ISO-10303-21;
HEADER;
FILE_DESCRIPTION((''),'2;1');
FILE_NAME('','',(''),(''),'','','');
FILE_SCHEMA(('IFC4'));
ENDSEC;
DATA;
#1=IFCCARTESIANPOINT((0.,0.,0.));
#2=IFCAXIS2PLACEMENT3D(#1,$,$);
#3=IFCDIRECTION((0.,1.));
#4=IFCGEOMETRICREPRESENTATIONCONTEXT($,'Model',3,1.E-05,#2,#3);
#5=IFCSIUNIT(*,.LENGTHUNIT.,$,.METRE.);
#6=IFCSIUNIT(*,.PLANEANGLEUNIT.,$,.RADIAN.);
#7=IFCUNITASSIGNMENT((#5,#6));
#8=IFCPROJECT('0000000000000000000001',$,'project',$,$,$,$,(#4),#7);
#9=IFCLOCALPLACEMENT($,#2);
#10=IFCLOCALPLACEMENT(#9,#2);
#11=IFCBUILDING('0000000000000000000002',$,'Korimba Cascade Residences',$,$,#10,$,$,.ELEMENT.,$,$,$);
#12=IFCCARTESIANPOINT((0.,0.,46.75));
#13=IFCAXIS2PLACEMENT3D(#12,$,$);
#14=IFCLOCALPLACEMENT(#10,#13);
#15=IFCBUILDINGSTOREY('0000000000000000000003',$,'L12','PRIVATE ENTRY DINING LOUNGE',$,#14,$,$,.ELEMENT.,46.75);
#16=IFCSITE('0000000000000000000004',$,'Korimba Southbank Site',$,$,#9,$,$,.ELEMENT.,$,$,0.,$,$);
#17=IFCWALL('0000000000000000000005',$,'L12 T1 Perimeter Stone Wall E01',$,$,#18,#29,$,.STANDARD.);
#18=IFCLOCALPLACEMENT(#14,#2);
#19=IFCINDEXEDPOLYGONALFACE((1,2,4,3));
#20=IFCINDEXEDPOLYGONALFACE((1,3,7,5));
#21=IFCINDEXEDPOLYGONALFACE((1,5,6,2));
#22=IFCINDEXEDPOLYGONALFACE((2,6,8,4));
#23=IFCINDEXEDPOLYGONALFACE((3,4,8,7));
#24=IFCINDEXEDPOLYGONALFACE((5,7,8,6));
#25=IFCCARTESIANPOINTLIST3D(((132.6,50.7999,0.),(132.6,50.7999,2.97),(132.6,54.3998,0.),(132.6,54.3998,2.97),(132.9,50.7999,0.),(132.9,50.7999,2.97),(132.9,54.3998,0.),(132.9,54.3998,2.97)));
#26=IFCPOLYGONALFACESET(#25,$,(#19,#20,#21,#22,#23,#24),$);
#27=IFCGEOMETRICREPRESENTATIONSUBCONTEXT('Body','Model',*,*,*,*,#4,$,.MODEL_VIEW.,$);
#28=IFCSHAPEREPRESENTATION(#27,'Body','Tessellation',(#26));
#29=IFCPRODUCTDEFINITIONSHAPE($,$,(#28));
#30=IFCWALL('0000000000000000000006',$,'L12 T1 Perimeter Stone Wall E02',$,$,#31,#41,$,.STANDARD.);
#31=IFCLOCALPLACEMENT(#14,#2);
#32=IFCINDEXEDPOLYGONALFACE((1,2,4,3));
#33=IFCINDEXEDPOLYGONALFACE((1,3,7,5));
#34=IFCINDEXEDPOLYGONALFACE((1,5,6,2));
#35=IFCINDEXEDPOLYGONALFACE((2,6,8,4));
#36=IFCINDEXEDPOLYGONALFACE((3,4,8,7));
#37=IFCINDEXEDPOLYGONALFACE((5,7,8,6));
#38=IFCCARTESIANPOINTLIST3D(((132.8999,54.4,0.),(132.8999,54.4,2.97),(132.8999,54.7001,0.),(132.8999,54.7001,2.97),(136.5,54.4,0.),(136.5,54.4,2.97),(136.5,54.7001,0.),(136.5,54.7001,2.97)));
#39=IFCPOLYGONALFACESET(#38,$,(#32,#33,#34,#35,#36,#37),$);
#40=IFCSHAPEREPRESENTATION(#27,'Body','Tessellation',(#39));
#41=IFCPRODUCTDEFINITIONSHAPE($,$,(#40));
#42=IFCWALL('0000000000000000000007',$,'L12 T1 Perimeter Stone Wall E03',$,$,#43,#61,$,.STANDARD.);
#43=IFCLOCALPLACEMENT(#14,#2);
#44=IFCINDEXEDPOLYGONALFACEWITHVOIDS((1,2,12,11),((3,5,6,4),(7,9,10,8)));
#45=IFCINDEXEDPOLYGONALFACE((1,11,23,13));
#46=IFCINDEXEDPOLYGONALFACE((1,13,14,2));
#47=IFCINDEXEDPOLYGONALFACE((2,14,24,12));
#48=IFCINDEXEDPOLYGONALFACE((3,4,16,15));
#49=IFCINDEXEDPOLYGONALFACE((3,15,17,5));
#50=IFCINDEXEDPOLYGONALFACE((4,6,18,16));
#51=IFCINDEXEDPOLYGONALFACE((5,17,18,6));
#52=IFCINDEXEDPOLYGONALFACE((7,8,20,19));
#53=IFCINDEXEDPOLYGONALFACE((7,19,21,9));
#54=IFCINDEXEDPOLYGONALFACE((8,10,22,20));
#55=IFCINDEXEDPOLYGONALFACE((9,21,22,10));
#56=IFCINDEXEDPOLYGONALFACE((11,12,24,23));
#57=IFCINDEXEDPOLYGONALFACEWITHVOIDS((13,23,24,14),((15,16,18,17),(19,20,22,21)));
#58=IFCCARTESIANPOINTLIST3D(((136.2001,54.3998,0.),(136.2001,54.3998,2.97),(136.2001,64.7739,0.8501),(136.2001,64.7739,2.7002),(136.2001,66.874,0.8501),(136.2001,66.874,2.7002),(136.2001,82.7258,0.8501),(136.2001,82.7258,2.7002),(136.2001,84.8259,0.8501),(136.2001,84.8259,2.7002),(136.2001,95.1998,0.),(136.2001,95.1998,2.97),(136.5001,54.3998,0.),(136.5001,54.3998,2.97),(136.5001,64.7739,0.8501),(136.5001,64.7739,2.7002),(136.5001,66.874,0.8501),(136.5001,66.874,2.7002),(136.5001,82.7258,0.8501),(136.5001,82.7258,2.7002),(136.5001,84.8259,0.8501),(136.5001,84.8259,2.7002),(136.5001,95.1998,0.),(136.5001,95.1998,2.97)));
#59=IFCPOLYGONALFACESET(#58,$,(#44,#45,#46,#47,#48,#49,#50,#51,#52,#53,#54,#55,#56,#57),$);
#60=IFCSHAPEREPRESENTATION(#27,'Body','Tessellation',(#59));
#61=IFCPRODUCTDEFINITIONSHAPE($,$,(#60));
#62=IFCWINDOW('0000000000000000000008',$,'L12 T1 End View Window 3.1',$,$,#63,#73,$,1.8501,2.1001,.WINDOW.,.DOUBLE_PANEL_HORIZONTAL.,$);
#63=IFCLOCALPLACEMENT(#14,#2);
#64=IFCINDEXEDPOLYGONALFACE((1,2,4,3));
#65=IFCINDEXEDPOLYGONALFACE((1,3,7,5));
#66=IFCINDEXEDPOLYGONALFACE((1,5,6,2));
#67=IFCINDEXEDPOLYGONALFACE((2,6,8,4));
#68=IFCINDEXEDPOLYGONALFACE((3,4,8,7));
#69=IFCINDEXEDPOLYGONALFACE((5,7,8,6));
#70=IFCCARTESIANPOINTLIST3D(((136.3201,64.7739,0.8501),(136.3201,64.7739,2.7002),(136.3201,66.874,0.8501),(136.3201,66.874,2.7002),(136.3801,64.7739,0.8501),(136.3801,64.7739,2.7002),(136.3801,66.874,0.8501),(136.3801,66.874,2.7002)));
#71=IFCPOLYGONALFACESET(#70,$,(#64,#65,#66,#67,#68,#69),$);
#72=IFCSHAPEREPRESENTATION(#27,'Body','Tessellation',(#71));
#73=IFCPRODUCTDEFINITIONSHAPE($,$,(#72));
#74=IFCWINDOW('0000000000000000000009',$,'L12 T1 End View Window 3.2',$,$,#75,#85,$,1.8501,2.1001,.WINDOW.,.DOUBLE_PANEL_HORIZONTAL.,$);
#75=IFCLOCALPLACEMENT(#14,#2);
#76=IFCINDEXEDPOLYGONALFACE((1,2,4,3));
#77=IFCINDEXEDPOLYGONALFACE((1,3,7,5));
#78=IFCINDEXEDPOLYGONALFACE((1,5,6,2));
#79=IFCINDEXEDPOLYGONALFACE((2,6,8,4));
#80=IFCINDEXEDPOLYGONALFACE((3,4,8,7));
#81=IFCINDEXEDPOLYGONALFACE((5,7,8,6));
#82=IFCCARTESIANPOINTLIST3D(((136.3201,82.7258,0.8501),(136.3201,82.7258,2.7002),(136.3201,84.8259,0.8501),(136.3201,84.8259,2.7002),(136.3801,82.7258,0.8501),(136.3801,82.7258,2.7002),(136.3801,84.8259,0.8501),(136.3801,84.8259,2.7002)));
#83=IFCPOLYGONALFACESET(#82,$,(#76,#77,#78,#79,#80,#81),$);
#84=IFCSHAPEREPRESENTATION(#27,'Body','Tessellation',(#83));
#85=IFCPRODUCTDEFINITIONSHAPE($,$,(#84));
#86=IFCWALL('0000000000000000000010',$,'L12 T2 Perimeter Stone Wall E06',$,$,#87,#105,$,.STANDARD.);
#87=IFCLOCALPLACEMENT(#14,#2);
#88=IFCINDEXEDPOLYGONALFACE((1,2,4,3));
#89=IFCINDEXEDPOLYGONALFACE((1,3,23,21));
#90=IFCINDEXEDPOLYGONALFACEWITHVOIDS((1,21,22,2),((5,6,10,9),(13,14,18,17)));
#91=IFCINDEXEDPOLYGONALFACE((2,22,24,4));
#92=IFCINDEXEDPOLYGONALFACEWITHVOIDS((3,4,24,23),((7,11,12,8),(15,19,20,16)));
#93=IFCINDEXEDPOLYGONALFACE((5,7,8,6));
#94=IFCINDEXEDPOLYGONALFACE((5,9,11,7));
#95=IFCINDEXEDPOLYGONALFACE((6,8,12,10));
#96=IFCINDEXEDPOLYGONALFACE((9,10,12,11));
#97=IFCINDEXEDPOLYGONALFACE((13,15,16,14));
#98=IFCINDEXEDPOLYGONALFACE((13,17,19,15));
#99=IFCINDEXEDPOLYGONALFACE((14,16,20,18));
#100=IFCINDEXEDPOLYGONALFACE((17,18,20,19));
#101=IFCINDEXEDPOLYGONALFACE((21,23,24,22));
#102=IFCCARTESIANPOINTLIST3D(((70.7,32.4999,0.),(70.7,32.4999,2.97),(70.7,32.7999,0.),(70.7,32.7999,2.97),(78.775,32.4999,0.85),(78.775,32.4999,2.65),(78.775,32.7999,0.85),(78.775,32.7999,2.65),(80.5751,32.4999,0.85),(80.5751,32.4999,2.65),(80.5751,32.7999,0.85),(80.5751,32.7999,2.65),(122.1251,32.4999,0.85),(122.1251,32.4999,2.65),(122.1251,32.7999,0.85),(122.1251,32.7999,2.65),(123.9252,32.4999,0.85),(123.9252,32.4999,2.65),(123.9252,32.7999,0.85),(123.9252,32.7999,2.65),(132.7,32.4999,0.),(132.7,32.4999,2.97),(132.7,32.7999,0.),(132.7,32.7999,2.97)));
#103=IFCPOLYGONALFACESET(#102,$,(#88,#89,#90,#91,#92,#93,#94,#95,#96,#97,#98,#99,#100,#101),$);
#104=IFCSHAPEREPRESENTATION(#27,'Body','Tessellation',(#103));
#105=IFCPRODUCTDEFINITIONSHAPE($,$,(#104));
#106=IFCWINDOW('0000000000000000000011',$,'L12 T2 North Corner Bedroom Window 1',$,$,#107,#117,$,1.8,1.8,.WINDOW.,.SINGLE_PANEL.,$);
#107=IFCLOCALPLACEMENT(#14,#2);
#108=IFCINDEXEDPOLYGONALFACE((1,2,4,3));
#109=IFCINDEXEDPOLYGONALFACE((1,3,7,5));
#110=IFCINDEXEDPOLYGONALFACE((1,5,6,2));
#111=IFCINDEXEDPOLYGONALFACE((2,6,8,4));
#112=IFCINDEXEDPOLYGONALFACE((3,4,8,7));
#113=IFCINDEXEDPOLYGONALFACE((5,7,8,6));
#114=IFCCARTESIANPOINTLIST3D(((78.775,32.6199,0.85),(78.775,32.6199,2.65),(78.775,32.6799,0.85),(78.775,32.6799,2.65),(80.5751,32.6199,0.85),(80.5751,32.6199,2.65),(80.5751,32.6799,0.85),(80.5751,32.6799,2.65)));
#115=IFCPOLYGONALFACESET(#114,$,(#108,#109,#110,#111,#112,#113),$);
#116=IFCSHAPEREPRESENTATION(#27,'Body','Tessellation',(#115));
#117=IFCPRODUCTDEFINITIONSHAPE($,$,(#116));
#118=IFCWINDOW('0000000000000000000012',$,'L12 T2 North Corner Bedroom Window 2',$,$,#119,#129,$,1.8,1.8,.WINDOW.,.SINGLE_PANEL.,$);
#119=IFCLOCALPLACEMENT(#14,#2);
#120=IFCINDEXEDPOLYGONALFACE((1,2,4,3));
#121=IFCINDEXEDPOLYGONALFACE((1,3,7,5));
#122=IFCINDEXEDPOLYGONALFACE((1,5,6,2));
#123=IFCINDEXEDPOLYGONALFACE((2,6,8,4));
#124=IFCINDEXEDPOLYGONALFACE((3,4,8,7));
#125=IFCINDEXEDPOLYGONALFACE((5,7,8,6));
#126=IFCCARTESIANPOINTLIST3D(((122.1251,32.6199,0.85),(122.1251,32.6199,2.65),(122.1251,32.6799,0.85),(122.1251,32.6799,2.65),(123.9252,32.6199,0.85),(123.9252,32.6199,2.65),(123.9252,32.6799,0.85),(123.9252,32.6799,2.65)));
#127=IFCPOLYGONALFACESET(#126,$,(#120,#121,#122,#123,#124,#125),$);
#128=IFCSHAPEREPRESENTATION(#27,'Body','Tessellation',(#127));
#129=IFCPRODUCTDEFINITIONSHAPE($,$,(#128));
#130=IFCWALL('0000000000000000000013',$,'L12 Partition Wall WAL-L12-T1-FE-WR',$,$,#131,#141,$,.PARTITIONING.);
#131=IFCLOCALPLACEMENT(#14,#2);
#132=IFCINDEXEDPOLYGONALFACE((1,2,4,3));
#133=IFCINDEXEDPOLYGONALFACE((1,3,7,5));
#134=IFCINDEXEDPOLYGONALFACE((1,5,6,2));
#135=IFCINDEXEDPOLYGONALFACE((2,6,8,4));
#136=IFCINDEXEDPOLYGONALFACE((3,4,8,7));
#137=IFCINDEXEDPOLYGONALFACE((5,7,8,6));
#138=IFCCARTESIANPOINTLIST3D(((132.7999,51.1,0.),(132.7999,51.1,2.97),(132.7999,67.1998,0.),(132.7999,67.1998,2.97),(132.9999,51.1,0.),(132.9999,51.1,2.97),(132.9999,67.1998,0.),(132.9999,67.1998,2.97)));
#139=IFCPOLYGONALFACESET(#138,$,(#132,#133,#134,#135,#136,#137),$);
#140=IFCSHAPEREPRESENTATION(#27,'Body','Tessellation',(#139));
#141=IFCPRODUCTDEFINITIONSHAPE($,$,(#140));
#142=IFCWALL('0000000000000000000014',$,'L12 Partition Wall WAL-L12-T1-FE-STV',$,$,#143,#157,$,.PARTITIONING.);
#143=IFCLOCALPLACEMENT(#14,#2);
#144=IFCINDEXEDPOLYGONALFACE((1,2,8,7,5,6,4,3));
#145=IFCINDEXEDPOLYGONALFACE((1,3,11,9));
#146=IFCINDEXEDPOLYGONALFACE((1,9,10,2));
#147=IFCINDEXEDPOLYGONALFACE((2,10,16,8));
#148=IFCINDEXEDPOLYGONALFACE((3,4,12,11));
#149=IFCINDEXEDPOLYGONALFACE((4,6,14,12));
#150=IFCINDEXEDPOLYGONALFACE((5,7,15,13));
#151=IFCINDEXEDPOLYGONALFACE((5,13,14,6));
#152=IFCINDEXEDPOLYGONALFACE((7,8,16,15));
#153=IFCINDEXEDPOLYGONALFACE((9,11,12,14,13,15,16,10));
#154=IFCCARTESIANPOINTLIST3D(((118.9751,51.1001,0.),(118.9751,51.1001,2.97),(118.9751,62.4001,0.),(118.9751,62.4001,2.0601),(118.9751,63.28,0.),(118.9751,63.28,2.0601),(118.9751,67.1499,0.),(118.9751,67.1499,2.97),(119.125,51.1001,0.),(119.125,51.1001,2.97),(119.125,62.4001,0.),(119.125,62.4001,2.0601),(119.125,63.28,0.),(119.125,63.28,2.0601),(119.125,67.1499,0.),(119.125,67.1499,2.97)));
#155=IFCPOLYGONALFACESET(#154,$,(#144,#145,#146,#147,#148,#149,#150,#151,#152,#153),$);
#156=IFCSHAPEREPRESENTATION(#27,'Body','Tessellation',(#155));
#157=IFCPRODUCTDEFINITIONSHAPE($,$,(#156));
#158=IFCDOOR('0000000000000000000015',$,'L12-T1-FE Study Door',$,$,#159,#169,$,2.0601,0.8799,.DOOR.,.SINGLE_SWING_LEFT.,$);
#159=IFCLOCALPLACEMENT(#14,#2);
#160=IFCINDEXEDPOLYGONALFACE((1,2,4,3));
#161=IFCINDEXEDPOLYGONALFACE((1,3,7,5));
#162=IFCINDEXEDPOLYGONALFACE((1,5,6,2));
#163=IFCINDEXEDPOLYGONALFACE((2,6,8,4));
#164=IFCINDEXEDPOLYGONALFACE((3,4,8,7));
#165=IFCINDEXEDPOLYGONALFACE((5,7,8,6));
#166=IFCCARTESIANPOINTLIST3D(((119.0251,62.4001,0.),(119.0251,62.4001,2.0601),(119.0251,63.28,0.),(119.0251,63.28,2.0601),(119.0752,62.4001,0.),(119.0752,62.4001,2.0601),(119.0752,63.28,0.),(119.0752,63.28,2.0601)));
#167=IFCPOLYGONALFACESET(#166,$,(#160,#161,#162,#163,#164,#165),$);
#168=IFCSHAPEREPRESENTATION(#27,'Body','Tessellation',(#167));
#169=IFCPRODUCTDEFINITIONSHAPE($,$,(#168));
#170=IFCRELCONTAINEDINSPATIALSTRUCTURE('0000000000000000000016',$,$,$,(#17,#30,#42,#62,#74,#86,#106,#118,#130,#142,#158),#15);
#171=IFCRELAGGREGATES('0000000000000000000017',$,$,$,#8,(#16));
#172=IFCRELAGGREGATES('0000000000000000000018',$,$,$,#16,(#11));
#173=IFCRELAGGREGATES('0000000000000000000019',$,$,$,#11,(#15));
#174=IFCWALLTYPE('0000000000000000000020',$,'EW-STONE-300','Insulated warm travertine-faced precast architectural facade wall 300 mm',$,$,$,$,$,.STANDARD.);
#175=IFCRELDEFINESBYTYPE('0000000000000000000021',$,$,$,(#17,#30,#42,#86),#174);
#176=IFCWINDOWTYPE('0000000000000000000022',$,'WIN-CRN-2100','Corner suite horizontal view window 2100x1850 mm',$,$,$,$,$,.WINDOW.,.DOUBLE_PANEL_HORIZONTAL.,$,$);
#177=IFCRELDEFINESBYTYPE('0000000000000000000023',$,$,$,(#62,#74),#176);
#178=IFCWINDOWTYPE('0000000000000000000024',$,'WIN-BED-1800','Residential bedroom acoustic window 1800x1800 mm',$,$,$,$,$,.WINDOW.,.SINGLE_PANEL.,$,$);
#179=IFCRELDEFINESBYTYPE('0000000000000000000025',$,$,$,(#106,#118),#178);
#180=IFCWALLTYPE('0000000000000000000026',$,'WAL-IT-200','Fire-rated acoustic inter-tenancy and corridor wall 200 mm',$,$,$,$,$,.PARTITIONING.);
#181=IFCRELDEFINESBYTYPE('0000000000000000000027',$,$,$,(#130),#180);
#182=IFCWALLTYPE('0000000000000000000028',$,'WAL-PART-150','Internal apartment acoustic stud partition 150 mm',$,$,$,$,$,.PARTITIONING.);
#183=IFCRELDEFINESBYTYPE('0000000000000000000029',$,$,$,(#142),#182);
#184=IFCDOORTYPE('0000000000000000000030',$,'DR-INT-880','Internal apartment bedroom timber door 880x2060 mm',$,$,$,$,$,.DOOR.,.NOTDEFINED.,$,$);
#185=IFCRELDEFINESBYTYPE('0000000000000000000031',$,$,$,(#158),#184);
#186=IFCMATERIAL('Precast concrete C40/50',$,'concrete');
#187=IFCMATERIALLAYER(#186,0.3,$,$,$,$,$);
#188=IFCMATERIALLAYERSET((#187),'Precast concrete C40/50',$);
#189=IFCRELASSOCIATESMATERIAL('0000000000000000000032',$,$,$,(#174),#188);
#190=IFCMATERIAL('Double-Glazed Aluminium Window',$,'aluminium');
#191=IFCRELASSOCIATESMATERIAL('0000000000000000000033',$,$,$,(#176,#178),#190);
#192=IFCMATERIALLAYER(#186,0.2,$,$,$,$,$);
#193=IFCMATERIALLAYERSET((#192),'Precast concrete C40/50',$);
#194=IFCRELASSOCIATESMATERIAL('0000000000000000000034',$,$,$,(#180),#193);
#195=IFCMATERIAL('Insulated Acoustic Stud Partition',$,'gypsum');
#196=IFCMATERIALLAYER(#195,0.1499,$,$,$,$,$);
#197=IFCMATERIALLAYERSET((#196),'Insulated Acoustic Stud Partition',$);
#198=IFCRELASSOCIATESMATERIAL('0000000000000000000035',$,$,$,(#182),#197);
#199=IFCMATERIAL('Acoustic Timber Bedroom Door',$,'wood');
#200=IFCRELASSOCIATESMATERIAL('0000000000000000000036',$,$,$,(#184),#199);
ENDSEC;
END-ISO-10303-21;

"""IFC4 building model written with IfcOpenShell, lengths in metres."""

from ifc_helpers import new_model, si_unit, direction, frame, frame_2d, origin, place, context, subcontext, project, spatial, rectangle, extrude, material, layer, layer_set, type_object, element, fill, save


model = new_model("IFC4")

# Units and contexts
model_context = context("Model", 3, precision=1e-05, world=origin(), true_north=direction((0.0, 1.0)))
body_context = subcontext(model_context, "Body", "Model", "MODEL_VIEW")
ifc_project = project(units=[si_unit("LENGTHUNIT", "METRE"), si_unit("PLANEANGLEUNIT", "RADIAN")], contexts=[model_context])

# Site, building, storey
site_placement = place(None, origin())
site = spatial("IfcSite", under=ifc_project, at=site_placement, Name="Korimba Southbank Site", CompositionType="ELEMENT", RefElevation=0.0)
building_placement = place(site_placement, origin())
building = spatial("IfcBuilding", under=site, at=building_placement, Name="Korimba Cascade Residences", CompositionType="ELEMENT")
storey_placement = place(building_placement, frame((0.0, 0.0, 46.75)))
storey = spatial("IfcBuildingStorey", under=building, at=storey_placement, Name="L12", Description="PRIVATE ENTRY DINING LOUNGE", CompositionType="ELEMENT", Elevation=46.75)

# Walls
ifc_material_1 = material(Name="Precast concrete C40/50", Category="concrete")
ifc_layer_1 = layer(ifc_material_1, 0.3)
ifc_layer_set_1 = layer_set([ifc_layer_1], Name="Precast concrete C40/50")
wall_type_1 = type_object("IfcWallType", Name="EW-STONE-300", Description="Insulated warm travertine-faced precast architectural facade wall 300 mm", PredefinedType="STANDARD", material=ifc_layer_set_1)
wall_1_placement = place(storey_placement, frame((132.75, 50.8, 0.0), z_axis=(0.0, 0.0, 1.0), x_axis=(0.0, 1.0, 0.0)))
element("IfcWall", 1, at=wall_1_placement, inside=storey, type_object=wall_type_1, Name="L12 T1 Perimeter Stone Wall E01", PredefinedType="STANDARD", context=body_context, shape_type="SweptSolid", body=[
    extrude(rectangle(XDim=3.5999, YDim=0.3, at=frame_2d((1.7998, 0.0))), origin(), (0.0, 0.0, 1.0), 2.97),
])
wall_2_placement = place(storey_placement, frame((132.8999, 54.55, 0.0), z_axis=(0.0, 0.0, 1.0), x_axis=(1.0, 0.0, 0.0)))
element("IfcWall", 2, at=wall_2_placement, inside=storey, type_object=wall_type_1, Name="L12 T1 Perimeter Stone Wall E02", PredefinedType="STANDARD", context=body_context, shape_type="SweptSolid", body=[
    extrude(rectangle(XDim=3.6001, YDim=0.3, at=frame_2d((1.8, 0.0))), origin(), (0.0, 0.0, 1.0), 2.97),
])

# Walls, openings, windows
wall_3_placement = place(storey_placement, frame((136.3501, 54.3999, 0.0), z_axis=(0.0, 0.0, 1.0), x_axis=(0.0, 1.0, 0.0)))
wall_3 = element("IfcWall", 3, at=wall_3_placement, inside=storey, type_object=wall_type_1, Name="L12 T1 Perimeter Stone Wall E03", PredefinedType="STANDARD", context=body_context, shape_type="SweptSolid", body=[
    extrude(rectangle(XDim=40.8, YDim=0.3, at=frame_2d((20.3999, 0.0))), origin(), (0.0, 0.0, 1.0), 2.97),
])
opening_1_placement = place(wall_3_placement, frame((10.374, 0.0, 0.8501)))
opening_1 = element("IfcOpeningElement", 4, at=opening_1_placement, cuts=wall_3, PredefinedType="OPENING", context=body_context, shape_type="SweptSolid", body=[
    extrude(rectangle(XDim=2.1001, YDim=1.8501, at=frame_2d((1.05, 0.925))), frame((0.0, 0.1602, 0.0), z_axis=(0.0, -1.0, 0.0), x_axis=(1.0, 0.0, 0.0)), (0.0, 0.0, 1.0), 0.3201),
])
opening_2_placement = place(wall_3_placement, frame((28.3259, 0.0, 0.8501)))
opening_2 = element("IfcOpeningElement", 5, at=opening_2_placement, cuts=wall_3, PredefinedType="OPENING", context=body_context, shape_type="SweptSolid", body=[
    extrude(rectangle(XDim=2.1001, YDim=1.8501, at=frame_2d((1.05, 0.925))), frame((0.0, 0.1602, 0.0), z_axis=(0.0, -1.0, 0.0), x_axis=(1.0, 0.0, 0.0)), (0.0, 0.0, 1.0), 0.3201),
])
ifc_material_2 = material(Name="Double-Glazed Aluminium Window", Category="aluminium")
window_type_1 = type_object("IfcWindowType", Name="WIN-CRN-2100", Description="Corner suite horizontal view window 2100x1850 mm", PartitioningType="DOUBLE_PANEL_HORIZONTAL", PredefinedType="WINDOW", material=ifc_material_2)
window_1_placement = place(opening_1_placement, origin())
window_1 = element("IfcWindow", 6, at=window_1_placement, inside=storey, type_object=window_type_1, Name="L12 T1 End View Window 3.1", OverallHeight=1.8501, OverallWidth=2.1001, PartitioningType="DOUBLE_PANEL_HORIZONTAL", PredefinedType="WINDOW", context=body_context, shape_type="SweptSolid", body=[
    extrude(rectangle(XDim=2.1001, YDim=1.8501, at=frame_2d((1.05, 0.925))), frame((0.0, 0.03, 0.0), z_axis=(0.0, -1.0, 0.0), x_axis=(1.0, 0.0, 0.0)), (0.0, 0.0, 1.0), 0.0601),
])
fill(opening_1, window_1)
window_2_placement = place(opening_2_placement, origin())
window_2 = element("IfcWindow", 7, at=window_2_placement, inside=storey, type_object=window_type_1, Name="L12 T1 End View Window 3.2", OverallHeight=1.8501, OverallWidth=2.1001, PartitioningType="DOUBLE_PANEL_HORIZONTAL", PredefinedType="WINDOW", context=body_context, shape_type="SweptSolid", body=[
    extrude(rectangle(XDim=2.1001, YDim=1.8501, at=frame_2d((1.05, 0.925))), frame((0.0, 0.03, 0.0), z_axis=(0.0, -1.0, 0.0), x_axis=(1.0, 0.0, 0.0)), (0.0, 0.0, 1.0), 0.0601),
])
fill(opening_2, window_2)
wall_4_placement = place(storey_placement, frame((132.7, 32.6499, 0.0), z_axis=(0.0, 0.0, 1.0), x_axis=(-1.0, 0.0, 0.0)))
wall_4 = element("IfcWall", 8, at=wall_4_placement, inside=storey, type_object=wall_type_1, Name="L12 T2 Perimeter Stone Wall E06", PredefinedType="STANDARD", context=body_context, shape_type="SweptSolid", body=[
    extrude(rectangle(XDim=62.0, YDim=0.3, at=frame_2d((31.0, 0.0))), origin(), (0.0, 0.0, 1.0), 2.97),
])
opening_3_placement = place(wall_4_placement, frame((52.125, 0.0, 0.8501)))
opening_3 = element("IfcOpeningElement", 9, at=opening_3_placement, cuts=wall_4, PredefinedType="OPENING", context=body_context, shape_type="SweptSolid", body=[
    extrude(rectangle(XDim=1.8, YDim=1.8, at=frame_2d((0.8999, 0.8999))), frame((0.0, 0.1602, 0.0), z_axis=(0.0, -1.0, 0.0), x_axis=(1.0, 0.0, 0.0)), (0.0, 0.0, 1.0), 0.3201),
])
opening_4_placement = place(wall_4_placement, frame((8.7749, 0.0, 0.8501)))
opening_4 = element("IfcOpeningElement", 10, at=opening_4_placement, cuts=wall_4, PredefinedType="OPENING", context=body_context, shape_type="SweptSolid", body=[
    extrude(rectangle(XDim=1.8, YDim=1.8, at=frame_2d((0.8999, 0.8999))), frame((0.0, 0.1602, 0.0), z_axis=(0.0, -1.0, 0.0), x_axis=(1.0, 0.0, 0.0)), (0.0, 0.0, 1.0), 0.3201),
])
window_type_2 = type_object("IfcWindowType", Name="WIN-BED-1800", Description="Residential bedroom acoustic window 1800x1800 mm", PartitioningType="SINGLE_PANEL", PredefinedType="WINDOW", material=ifc_material_2)
window_3_placement = place(opening_3_placement, origin())
window_3 = element("IfcWindow", 11, at=window_3_placement, inside=storey, type_object=window_type_2, Name="L12 T2 North Corner Bedroom Window 1", OverallHeight=1.8, OverallWidth=1.8, PartitioningType="SINGLE_PANEL", PredefinedType="WINDOW", context=body_context, shape_type="SweptSolid", body=[
    extrude(rectangle(XDim=1.8, YDim=1.8, at=frame_2d((0.8999, 0.8999))), frame((0.0, 0.03, 0.0), z_axis=(0.0, -1.0, 0.0), x_axis=(1.0, 0.0, 0.0)), (0.0, 0.0, 1.0), 0.0601),
])
fill(opening_3, window_3)
window_4_placement = place(opening_4_placement, origin())
window_4 = element("IfcWindow", 12, at=window_4_placement, inside=storey, type_object=window_type_2, Name="L12 T2 North Corner Bedroom Window 2", OverallHeight=1.8, OverallWidth=1.8, PartitioningType="SINGLE_PANEL", PredefinedType="WINDOW", context=body_context, shape_type="SweptSolid", body=[
    extrude(rectangle(XDim=1.8, YDim=1.8, at=frame_2d((0.8999, 0.8999))), frame((0.0, 0.03, 0.0), z_axis=(0.0, -1.0, 0.0), x_axis=(1.0, 0.0, 0.0)), (0.0, 0.0, 1.0), 0.0601),
])
fill(opening_4, window_4)

# Wall
ifc_layer_2 = layer(ifc_material_1, 0.2)
ifc_layer_set_2 = layer_set([ifc_layer_2], Name="Precast concrete C40/50")
wall_type_2 = type_object("IfcWallType", Name="WAL-IT-200", Description="Fire-rated acoustic inter-tenancy and corridor wall 200 mm", PredefinedType="PARTITIONING", material=ifc_layer_set_2)
wall_5_placement = place(storey_placement, frame((132.8999, 51.1001, 0.0), z_axis=(0.0, 0.0, 1.0), x_axis=(0.0, 1.0, 0.0)))
element("IfcWall", 13, at=wall_5_placement, inside=storey, type_object=wall_type_2, Name="L12 Partition Wall WAL-L12-T1-FE-WR", PredefinedType="PARTITIONING", context=body_context, shape_type="SweptSolid", body=[
    extrude(rectangle(XDim=16.0999, YDim=0.2, at=frame_2d((8.0498, 0.0))), origin(), (0.0, 0.0, 1.0), 2.97),
])

# Wall, opening, door
ifc_material_3 = material(Name="Insulated Acoustic Stud Partition", Category="gypsum")
ifc_layer_3 = layer(ifc_material_3, 0.1499)
ifc_layer_set_3 = layer_set([ifc_layer_3], Name="Insulated Acoustic Stud Partition")
wall_type_3 = type_object("IfcWallType", Name="WAL-PART-150", Description="Internal apartment acoustic stud partition 150 mm", PredefinedType="PARTITIONING", material=ifc_layer_set_3)
wall_6_placement = place(storey_placement, frame((119.05, 51.1001, 0.0), z_axis=(0.0, 0.0, 1.0), x_axis=(0.0, 1.0, 0.0)))
wall_6 = element("IfcWall", 14, at=wall_6_placement, inside=storey, type_object=wall_type_3, Name="L12 Partition Wall WAL-L12-T1-FE-STV", PredefinedType="PARTITIONING", context=body_context, shape_type="SweptSolid", body=[
    extrude(rectangle(XDim=16.0498, YDim=0.1499, at=frame_2d((8.0249, 0.0))), origin(), (0.0, 0.0, 1.0), 2.97),
])
opening_5_placement = place(wall_6_placement, frame((11.3, 0.0, 0.0)))
opening_5 = element("IfcOpeningElement", 15, at=opening_5_placement, cuts=wall_6, PredefinedType="OPENING", context=body_context, shape_type="SweptSolid", body=[
    extrude(rectangle(XDim=0.8799, YDim=2.0601, at=frame_2d((0.4399, 1.03))), frame((0.0, 0.085, 0.0), z_axis=(0.0, -1.0, 0.0), x_axis=(1.0, 0.0, 0.0)), (0.0, 0.0, 1.0), 0.1699),
])
ifc_material_4 = material(Name="Acoustic Timber Bedroom Door", Category="wood")
door_type = type_object("IfcDoorType", Name="DR-INT-880", Description="Internal apartment bedroom timber door 880x2060 mm", OperationType="NOTDEFINED", PredefinedType="DOOR", material=ifc_material_4)
door_placement = place(opening_5_placement, origin())
door = element("IfcDoor", 16, at=door_placement, inside=storey, type_object=door_type, Name="L12-T1-FE Study Door", OperationType="SINGLE_SWING_LEFT", OverallHeight=2.0601, OverallWidth=0.8799, PredefinedType="DOOR", context=body_context, shape_type="SweptSolid", body=[
    extrude(rectangle(XDim=0.8799, YDim=2.0601, at=frame_2d((0.4399, 1.03))), frame((0.0, 0.0249, 0.0), z_axis=(0.0, -1.0, 0.0), x_axis=(1.0, 0.0, 0.0)), (0.0, 0.0, 1.0), 0.05),
])
fill(opening_5, door)

save(model, "model.ifc")
